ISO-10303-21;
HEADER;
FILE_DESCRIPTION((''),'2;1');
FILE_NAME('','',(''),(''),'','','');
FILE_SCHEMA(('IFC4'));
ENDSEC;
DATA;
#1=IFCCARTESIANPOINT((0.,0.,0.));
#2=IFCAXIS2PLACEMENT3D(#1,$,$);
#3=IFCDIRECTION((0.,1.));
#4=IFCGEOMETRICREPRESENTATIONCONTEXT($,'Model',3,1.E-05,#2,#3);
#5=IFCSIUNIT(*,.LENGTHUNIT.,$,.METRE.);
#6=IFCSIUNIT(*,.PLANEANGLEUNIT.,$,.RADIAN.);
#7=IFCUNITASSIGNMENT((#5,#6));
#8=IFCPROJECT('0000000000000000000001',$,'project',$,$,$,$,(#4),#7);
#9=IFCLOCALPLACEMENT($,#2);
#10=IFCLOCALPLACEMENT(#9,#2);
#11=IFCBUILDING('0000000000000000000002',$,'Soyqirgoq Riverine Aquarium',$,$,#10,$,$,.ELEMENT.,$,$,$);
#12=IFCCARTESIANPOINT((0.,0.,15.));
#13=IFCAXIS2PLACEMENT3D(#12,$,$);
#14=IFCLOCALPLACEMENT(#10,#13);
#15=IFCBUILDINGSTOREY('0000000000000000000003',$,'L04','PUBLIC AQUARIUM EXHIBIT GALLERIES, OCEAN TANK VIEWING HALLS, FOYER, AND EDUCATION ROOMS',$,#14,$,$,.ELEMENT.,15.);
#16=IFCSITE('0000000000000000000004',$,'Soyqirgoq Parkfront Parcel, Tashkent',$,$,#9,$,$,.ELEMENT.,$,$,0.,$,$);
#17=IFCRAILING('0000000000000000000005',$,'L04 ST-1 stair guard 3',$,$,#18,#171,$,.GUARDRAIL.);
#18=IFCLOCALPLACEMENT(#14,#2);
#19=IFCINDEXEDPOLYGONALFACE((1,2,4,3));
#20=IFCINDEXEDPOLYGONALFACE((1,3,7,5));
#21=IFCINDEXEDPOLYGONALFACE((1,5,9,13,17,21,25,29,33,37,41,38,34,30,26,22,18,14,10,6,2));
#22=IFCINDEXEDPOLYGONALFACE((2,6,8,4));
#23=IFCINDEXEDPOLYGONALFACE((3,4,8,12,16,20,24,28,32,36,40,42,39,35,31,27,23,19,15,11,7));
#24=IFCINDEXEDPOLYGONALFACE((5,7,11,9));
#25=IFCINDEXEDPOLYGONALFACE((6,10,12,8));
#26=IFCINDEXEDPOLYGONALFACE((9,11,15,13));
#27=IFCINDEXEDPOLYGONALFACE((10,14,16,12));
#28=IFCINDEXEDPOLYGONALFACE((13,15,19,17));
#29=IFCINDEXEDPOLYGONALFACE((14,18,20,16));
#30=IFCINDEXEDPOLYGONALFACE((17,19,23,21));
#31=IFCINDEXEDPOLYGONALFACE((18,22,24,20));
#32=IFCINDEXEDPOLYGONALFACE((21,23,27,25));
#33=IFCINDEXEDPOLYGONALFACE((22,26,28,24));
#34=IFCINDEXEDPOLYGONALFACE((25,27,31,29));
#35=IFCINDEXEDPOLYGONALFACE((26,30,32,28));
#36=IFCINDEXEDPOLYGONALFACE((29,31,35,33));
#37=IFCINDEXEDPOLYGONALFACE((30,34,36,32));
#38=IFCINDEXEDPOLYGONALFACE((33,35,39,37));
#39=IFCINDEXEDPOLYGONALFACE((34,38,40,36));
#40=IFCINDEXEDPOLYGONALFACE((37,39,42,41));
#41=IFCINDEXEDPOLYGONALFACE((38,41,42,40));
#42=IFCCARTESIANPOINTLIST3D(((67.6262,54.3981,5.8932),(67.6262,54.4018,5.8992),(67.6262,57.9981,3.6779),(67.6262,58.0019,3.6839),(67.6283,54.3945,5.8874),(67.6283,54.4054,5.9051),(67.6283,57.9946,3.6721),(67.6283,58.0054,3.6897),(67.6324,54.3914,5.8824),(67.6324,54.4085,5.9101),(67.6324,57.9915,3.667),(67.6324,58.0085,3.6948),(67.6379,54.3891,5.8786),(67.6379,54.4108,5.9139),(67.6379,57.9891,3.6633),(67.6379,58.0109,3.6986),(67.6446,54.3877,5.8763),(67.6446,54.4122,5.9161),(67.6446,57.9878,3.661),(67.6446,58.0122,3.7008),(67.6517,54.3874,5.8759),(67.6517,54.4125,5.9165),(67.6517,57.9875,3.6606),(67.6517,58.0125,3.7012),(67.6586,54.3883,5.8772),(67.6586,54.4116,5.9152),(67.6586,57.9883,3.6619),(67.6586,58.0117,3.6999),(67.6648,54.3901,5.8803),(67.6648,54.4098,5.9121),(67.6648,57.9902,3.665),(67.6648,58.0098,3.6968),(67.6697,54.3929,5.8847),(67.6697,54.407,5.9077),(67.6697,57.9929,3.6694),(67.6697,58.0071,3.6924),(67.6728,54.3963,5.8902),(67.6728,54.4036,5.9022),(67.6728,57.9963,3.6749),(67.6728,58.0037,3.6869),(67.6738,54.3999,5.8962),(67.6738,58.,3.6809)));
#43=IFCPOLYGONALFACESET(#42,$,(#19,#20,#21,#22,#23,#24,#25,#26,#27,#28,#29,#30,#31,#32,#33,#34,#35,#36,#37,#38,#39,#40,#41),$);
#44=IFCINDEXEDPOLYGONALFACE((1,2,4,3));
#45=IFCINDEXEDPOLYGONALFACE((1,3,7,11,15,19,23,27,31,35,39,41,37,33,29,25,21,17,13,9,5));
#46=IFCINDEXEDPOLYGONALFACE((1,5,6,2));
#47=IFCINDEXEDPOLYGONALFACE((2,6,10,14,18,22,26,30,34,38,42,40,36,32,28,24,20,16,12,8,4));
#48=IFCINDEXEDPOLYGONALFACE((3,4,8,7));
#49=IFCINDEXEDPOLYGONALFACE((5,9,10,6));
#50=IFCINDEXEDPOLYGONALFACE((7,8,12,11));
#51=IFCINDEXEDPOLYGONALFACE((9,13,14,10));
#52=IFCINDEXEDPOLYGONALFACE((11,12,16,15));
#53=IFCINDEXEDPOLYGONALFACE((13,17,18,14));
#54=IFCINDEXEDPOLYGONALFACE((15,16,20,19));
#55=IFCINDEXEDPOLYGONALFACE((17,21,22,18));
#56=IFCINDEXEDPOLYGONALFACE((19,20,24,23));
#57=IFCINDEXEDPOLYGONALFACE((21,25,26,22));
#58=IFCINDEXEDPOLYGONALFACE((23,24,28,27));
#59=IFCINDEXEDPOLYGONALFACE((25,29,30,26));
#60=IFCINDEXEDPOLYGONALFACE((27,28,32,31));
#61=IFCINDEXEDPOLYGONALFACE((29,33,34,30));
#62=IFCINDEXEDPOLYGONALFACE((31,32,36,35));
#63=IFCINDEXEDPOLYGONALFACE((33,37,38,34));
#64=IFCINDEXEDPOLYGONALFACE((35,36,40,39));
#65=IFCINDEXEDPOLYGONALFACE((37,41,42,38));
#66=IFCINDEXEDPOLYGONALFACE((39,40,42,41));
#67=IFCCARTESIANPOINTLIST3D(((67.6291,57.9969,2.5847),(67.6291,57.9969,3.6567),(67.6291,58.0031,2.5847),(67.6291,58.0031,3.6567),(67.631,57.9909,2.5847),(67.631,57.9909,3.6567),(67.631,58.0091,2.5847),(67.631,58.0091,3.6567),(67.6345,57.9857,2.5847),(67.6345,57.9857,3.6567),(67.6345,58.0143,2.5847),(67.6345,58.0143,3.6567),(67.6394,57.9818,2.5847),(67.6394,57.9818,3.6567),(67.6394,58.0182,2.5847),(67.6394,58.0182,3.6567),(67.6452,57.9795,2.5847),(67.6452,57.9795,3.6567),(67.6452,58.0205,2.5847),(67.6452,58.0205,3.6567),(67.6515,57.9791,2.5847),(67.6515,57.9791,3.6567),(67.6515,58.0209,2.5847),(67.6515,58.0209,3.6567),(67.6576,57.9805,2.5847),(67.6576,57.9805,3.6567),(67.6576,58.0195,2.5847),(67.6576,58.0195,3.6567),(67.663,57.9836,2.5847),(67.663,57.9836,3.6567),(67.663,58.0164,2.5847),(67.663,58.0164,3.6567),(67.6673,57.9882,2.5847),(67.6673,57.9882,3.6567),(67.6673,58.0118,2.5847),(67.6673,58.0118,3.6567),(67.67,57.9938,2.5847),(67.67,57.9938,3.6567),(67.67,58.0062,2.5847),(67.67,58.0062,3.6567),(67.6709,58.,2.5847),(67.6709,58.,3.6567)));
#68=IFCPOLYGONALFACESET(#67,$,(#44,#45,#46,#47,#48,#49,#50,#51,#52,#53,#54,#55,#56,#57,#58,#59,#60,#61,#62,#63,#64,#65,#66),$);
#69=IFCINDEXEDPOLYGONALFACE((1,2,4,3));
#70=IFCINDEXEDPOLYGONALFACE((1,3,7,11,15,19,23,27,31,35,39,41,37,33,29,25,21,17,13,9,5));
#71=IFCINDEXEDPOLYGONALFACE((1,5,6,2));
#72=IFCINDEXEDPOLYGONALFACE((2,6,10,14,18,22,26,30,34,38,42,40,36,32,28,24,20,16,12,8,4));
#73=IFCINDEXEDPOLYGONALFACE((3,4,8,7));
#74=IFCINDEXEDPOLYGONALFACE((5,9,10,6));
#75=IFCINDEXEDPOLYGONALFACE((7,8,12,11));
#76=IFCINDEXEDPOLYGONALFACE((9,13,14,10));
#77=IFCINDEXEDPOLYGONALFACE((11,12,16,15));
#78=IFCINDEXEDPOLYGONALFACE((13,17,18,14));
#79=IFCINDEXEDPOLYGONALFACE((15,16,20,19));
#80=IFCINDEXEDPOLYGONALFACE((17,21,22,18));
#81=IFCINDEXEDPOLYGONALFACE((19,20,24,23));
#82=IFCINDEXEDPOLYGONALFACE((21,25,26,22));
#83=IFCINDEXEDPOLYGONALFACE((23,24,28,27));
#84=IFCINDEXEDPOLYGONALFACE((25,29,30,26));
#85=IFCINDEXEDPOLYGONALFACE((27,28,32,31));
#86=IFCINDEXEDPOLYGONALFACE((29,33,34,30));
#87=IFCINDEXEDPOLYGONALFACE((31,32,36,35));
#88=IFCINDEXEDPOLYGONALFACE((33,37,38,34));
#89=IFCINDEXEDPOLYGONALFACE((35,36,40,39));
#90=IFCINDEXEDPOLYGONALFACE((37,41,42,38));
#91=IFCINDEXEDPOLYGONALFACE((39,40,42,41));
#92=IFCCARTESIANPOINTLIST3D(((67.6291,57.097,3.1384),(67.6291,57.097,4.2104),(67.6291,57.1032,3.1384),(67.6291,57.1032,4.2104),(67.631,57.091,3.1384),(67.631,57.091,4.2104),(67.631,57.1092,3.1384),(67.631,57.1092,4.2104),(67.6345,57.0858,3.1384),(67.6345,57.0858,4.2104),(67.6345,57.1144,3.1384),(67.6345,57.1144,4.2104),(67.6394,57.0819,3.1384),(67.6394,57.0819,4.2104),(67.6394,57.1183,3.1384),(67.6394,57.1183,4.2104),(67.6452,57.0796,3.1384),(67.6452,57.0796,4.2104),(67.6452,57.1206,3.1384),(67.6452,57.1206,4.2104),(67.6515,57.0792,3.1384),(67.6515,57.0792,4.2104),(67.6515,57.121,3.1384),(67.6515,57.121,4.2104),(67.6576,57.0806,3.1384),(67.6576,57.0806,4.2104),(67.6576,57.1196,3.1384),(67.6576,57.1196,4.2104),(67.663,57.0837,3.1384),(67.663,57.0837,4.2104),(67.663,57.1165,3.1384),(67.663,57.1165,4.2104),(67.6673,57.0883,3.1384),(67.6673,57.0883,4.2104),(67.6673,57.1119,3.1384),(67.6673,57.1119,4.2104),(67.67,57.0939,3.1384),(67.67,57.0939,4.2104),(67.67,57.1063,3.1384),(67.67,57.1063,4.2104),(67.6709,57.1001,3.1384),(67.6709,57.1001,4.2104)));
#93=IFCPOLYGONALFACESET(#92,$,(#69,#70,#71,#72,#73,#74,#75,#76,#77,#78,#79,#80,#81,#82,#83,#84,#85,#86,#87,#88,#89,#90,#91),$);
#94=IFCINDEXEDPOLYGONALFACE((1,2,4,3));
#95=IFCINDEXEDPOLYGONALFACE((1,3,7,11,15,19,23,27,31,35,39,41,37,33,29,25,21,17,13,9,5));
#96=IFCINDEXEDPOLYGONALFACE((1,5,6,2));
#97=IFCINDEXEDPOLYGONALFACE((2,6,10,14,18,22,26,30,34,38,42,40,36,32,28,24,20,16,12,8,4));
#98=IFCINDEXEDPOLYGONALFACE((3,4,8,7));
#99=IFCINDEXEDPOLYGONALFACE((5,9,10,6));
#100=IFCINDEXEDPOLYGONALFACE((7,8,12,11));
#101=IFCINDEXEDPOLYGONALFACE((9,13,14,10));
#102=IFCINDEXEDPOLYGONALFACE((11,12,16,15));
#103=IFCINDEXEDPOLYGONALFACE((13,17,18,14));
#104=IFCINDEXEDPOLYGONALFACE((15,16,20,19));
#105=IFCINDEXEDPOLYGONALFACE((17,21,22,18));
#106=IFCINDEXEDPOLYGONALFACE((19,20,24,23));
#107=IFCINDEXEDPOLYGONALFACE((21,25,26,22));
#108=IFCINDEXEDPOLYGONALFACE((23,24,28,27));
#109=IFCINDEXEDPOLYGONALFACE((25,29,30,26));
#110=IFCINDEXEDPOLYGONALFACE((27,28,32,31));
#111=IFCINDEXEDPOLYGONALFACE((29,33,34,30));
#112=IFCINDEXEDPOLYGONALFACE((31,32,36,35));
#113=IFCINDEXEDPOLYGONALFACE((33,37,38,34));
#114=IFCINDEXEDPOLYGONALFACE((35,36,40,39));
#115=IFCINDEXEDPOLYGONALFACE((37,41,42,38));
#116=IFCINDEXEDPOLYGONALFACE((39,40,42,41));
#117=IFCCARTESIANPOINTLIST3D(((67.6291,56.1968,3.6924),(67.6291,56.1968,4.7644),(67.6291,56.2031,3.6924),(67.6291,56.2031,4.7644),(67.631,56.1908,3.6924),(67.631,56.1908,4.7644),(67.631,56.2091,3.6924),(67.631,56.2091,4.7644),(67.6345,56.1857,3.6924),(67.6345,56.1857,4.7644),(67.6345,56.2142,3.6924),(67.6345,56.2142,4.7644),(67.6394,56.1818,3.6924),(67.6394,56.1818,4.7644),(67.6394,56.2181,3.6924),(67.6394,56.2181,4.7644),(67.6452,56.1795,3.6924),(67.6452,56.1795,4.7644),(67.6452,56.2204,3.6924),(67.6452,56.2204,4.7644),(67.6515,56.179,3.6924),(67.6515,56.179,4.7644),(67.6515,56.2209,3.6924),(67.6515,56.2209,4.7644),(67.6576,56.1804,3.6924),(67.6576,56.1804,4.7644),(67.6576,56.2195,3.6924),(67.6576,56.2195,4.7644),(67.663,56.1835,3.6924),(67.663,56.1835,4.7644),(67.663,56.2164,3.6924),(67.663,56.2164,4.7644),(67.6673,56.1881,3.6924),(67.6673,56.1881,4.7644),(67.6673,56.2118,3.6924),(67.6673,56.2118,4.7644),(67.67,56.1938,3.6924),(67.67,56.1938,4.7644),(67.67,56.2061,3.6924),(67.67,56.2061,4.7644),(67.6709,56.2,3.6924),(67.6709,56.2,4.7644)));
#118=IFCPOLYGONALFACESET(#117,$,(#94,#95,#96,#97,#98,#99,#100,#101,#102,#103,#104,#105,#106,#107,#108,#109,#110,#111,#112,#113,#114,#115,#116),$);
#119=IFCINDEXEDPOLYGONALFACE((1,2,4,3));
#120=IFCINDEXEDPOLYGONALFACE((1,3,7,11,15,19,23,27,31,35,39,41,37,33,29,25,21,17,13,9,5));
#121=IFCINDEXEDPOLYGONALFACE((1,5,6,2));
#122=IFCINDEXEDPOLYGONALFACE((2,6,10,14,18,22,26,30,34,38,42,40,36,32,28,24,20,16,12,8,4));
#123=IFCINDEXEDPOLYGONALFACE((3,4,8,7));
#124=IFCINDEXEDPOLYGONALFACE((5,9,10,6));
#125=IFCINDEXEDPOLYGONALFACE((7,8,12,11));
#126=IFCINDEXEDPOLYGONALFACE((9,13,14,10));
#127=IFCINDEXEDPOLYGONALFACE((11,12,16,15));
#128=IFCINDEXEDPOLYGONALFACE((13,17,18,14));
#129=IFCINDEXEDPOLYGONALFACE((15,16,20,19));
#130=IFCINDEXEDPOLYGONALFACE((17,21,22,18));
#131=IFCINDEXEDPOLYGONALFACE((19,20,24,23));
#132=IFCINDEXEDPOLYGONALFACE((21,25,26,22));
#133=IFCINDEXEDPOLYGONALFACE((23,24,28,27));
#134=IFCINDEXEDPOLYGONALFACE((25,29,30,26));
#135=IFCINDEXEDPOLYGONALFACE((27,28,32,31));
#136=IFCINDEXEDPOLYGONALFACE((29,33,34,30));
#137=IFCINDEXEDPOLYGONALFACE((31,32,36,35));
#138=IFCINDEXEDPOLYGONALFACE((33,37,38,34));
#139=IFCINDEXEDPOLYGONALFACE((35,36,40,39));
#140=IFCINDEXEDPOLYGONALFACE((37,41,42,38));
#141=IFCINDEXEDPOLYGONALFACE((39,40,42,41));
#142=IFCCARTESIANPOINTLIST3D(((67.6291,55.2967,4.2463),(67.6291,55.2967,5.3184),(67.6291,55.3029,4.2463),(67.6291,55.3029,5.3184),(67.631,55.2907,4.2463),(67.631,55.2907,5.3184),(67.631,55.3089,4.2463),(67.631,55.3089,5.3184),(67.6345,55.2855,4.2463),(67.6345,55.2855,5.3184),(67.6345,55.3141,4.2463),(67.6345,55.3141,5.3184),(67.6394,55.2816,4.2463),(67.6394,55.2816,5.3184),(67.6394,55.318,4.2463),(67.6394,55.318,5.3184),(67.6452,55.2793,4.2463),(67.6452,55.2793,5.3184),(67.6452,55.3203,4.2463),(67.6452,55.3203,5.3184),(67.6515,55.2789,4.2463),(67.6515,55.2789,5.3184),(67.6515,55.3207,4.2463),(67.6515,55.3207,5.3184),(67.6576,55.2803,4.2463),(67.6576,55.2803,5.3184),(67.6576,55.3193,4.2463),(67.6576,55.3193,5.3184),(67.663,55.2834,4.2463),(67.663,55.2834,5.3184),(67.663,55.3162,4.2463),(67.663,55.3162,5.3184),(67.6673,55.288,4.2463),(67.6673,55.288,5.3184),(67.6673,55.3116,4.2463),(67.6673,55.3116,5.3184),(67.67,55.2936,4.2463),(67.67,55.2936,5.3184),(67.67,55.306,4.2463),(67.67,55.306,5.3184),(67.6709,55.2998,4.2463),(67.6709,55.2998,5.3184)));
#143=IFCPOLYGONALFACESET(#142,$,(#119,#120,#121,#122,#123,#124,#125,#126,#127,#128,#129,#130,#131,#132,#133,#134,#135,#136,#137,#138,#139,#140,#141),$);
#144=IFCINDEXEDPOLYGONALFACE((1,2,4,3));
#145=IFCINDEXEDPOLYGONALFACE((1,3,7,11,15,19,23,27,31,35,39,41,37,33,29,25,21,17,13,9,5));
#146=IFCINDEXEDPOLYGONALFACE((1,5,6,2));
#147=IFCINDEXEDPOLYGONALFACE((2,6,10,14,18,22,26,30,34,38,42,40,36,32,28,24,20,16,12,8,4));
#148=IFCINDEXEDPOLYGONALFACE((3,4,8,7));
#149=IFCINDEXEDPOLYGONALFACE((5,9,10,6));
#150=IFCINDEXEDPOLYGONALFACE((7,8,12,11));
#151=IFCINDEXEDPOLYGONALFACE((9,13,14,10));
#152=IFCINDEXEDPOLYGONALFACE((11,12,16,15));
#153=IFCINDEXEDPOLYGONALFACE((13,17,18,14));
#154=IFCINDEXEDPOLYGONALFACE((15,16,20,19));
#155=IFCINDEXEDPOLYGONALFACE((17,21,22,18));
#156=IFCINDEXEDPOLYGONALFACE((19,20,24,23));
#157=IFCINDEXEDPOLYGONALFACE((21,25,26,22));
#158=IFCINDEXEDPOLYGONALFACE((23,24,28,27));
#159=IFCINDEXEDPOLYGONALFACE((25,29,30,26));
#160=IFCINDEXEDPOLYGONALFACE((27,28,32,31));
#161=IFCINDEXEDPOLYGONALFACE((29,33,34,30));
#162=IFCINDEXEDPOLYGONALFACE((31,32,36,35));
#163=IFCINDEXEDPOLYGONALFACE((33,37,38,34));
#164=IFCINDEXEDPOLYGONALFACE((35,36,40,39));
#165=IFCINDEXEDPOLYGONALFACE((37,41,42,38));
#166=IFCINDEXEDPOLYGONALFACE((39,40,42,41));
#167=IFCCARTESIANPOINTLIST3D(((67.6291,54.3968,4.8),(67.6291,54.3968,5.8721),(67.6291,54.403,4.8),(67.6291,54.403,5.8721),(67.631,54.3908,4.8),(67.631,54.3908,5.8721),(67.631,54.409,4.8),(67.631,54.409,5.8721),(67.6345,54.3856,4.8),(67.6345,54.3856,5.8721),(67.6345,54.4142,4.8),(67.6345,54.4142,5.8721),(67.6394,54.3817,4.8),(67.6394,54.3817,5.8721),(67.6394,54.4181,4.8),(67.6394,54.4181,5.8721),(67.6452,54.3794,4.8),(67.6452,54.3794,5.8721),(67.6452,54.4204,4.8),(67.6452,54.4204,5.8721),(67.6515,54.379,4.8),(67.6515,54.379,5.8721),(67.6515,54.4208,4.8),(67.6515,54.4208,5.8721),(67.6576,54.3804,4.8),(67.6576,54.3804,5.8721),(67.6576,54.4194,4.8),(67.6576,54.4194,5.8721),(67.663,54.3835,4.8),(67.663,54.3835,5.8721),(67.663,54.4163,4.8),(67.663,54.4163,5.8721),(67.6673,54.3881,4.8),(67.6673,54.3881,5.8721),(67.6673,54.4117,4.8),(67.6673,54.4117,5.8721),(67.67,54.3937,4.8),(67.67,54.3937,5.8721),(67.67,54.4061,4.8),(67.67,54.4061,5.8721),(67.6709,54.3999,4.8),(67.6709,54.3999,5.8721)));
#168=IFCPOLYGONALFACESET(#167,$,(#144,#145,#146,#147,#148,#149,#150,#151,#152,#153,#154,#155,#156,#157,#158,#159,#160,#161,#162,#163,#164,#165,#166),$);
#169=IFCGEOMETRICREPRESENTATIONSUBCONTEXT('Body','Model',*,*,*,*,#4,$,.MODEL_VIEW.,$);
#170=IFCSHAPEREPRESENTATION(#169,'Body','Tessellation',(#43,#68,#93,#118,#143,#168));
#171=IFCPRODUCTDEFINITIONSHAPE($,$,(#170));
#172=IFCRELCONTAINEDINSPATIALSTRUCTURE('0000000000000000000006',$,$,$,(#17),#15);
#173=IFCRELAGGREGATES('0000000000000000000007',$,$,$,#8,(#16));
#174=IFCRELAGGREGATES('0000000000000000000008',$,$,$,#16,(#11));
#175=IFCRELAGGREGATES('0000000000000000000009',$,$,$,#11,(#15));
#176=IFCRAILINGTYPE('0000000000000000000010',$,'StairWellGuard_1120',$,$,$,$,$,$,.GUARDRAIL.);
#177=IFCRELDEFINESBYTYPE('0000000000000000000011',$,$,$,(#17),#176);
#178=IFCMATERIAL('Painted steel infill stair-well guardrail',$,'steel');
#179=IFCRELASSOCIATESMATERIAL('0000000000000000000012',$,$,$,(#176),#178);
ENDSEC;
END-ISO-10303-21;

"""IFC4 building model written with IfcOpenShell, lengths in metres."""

from ifc_helpers import new_model, si_unit, direction, frame, origin, origin_2d, place, context, subcontext, project, spatial, circle, extrude, material, type_object, element, save


model = new_model("IFC4")

# Units and contexts
model_context = context("Model", 3, precision=1e-05, world=origin(), true_north=direction((0.0, 1.0)))
body_context = subcontext(model_context, "Body", "Model", "MODEL_VIEW")
ifc_project = project(units=[si_unit("LENGTHUNIT", "METRE"), si_unit("PLANEANGLEUNIT", "RADIAN")], contexts=[model_context])

# Site, building, storey
site_placement = place(None, origin())
site = spatial("IfcSite", under=ifc_project, at=site_placement, Name="Soyqirgoq Parkfront Parcel, Tashkent", CompositionType="ELEMENT", RefElevation=0.0)
building_placement = place(site_placement, origin())
building = spatial("IfcBuilding", under=site, at=building_placement, Name="Soyqirgoq Riverine Aquarium", CompositionType="ELEMENT")
storey_placement = place(building_placement, frame((0.0, 0.0, 15.0)))
storey = spatial("IfcBuildingStorey", under=building, at=storey_placement, Name="L04", Description="PUBLIC AQUARIUM EXHIBIT GALLERIES, OCEAN TANK VIEWING HALLS, FOYER, AND EDUCATION ROOMS", CompositionType="ELEMENT", Elevation=15.0)

# Railing
ifc_material_1 = material(Name="Painted steel infill stair-well guardrail", Category="steel")
railing_type_1 = type_object("IfcRailingType", Name="StairWellGuard_1120", PredefinedType="GUARDRAIL", material=ifc_material_1)
railing_1_placement = place(storey_placement, frame((67.6499, 58.0, 2.5847)))
element("IfcRailing", 1, at=railing_1_placement, inside=storey, type_object=railing_type_1, Name="L04 ST-1 stair guard 3", PredefinedType="GUARDRAIL", context=body_context, shape_type="SweptSolid", body=[
    extrude(circle(Radius=0.0239, at=origin_2d()), frame((0.0, 0.0, 1.0962), z_axis=(0.0, -0.85167, 0.524078), x_axis=(1.0, 0.0, 0.0)), (0.0, 0.0, 1.0), 4.2271),
    extrude(circle(Radius=0.021, at=origin_2d()), origin(), (0.0, 0.0, 1.0), 1.072),
    extrude(circle(Radius=0.021, at=origin_2d()), frame((0.0, -0.8999, 0.5537)), (0.0, 0.0, 1.0), 1.072),
    extrude(circle(Radius=0.021, at=origin_2d()), frame((0.0, -1.8, 1.1077)), (0.0, 0.0, 1.0), 1.072),
    extrude(circle(Radius=0.021, at=origin_2d()), frame((0.0, -2.7002, 1.6616)), (0.0, 0.0, 1.0), 1.072),
    extrude(circle(Radius=0.021, at=origin_2d()), frame((0.0, -3.6001, 2.2153)), (0.0, 0.0, 1.0), 1.072),
])

save(model, "model.ifc")
